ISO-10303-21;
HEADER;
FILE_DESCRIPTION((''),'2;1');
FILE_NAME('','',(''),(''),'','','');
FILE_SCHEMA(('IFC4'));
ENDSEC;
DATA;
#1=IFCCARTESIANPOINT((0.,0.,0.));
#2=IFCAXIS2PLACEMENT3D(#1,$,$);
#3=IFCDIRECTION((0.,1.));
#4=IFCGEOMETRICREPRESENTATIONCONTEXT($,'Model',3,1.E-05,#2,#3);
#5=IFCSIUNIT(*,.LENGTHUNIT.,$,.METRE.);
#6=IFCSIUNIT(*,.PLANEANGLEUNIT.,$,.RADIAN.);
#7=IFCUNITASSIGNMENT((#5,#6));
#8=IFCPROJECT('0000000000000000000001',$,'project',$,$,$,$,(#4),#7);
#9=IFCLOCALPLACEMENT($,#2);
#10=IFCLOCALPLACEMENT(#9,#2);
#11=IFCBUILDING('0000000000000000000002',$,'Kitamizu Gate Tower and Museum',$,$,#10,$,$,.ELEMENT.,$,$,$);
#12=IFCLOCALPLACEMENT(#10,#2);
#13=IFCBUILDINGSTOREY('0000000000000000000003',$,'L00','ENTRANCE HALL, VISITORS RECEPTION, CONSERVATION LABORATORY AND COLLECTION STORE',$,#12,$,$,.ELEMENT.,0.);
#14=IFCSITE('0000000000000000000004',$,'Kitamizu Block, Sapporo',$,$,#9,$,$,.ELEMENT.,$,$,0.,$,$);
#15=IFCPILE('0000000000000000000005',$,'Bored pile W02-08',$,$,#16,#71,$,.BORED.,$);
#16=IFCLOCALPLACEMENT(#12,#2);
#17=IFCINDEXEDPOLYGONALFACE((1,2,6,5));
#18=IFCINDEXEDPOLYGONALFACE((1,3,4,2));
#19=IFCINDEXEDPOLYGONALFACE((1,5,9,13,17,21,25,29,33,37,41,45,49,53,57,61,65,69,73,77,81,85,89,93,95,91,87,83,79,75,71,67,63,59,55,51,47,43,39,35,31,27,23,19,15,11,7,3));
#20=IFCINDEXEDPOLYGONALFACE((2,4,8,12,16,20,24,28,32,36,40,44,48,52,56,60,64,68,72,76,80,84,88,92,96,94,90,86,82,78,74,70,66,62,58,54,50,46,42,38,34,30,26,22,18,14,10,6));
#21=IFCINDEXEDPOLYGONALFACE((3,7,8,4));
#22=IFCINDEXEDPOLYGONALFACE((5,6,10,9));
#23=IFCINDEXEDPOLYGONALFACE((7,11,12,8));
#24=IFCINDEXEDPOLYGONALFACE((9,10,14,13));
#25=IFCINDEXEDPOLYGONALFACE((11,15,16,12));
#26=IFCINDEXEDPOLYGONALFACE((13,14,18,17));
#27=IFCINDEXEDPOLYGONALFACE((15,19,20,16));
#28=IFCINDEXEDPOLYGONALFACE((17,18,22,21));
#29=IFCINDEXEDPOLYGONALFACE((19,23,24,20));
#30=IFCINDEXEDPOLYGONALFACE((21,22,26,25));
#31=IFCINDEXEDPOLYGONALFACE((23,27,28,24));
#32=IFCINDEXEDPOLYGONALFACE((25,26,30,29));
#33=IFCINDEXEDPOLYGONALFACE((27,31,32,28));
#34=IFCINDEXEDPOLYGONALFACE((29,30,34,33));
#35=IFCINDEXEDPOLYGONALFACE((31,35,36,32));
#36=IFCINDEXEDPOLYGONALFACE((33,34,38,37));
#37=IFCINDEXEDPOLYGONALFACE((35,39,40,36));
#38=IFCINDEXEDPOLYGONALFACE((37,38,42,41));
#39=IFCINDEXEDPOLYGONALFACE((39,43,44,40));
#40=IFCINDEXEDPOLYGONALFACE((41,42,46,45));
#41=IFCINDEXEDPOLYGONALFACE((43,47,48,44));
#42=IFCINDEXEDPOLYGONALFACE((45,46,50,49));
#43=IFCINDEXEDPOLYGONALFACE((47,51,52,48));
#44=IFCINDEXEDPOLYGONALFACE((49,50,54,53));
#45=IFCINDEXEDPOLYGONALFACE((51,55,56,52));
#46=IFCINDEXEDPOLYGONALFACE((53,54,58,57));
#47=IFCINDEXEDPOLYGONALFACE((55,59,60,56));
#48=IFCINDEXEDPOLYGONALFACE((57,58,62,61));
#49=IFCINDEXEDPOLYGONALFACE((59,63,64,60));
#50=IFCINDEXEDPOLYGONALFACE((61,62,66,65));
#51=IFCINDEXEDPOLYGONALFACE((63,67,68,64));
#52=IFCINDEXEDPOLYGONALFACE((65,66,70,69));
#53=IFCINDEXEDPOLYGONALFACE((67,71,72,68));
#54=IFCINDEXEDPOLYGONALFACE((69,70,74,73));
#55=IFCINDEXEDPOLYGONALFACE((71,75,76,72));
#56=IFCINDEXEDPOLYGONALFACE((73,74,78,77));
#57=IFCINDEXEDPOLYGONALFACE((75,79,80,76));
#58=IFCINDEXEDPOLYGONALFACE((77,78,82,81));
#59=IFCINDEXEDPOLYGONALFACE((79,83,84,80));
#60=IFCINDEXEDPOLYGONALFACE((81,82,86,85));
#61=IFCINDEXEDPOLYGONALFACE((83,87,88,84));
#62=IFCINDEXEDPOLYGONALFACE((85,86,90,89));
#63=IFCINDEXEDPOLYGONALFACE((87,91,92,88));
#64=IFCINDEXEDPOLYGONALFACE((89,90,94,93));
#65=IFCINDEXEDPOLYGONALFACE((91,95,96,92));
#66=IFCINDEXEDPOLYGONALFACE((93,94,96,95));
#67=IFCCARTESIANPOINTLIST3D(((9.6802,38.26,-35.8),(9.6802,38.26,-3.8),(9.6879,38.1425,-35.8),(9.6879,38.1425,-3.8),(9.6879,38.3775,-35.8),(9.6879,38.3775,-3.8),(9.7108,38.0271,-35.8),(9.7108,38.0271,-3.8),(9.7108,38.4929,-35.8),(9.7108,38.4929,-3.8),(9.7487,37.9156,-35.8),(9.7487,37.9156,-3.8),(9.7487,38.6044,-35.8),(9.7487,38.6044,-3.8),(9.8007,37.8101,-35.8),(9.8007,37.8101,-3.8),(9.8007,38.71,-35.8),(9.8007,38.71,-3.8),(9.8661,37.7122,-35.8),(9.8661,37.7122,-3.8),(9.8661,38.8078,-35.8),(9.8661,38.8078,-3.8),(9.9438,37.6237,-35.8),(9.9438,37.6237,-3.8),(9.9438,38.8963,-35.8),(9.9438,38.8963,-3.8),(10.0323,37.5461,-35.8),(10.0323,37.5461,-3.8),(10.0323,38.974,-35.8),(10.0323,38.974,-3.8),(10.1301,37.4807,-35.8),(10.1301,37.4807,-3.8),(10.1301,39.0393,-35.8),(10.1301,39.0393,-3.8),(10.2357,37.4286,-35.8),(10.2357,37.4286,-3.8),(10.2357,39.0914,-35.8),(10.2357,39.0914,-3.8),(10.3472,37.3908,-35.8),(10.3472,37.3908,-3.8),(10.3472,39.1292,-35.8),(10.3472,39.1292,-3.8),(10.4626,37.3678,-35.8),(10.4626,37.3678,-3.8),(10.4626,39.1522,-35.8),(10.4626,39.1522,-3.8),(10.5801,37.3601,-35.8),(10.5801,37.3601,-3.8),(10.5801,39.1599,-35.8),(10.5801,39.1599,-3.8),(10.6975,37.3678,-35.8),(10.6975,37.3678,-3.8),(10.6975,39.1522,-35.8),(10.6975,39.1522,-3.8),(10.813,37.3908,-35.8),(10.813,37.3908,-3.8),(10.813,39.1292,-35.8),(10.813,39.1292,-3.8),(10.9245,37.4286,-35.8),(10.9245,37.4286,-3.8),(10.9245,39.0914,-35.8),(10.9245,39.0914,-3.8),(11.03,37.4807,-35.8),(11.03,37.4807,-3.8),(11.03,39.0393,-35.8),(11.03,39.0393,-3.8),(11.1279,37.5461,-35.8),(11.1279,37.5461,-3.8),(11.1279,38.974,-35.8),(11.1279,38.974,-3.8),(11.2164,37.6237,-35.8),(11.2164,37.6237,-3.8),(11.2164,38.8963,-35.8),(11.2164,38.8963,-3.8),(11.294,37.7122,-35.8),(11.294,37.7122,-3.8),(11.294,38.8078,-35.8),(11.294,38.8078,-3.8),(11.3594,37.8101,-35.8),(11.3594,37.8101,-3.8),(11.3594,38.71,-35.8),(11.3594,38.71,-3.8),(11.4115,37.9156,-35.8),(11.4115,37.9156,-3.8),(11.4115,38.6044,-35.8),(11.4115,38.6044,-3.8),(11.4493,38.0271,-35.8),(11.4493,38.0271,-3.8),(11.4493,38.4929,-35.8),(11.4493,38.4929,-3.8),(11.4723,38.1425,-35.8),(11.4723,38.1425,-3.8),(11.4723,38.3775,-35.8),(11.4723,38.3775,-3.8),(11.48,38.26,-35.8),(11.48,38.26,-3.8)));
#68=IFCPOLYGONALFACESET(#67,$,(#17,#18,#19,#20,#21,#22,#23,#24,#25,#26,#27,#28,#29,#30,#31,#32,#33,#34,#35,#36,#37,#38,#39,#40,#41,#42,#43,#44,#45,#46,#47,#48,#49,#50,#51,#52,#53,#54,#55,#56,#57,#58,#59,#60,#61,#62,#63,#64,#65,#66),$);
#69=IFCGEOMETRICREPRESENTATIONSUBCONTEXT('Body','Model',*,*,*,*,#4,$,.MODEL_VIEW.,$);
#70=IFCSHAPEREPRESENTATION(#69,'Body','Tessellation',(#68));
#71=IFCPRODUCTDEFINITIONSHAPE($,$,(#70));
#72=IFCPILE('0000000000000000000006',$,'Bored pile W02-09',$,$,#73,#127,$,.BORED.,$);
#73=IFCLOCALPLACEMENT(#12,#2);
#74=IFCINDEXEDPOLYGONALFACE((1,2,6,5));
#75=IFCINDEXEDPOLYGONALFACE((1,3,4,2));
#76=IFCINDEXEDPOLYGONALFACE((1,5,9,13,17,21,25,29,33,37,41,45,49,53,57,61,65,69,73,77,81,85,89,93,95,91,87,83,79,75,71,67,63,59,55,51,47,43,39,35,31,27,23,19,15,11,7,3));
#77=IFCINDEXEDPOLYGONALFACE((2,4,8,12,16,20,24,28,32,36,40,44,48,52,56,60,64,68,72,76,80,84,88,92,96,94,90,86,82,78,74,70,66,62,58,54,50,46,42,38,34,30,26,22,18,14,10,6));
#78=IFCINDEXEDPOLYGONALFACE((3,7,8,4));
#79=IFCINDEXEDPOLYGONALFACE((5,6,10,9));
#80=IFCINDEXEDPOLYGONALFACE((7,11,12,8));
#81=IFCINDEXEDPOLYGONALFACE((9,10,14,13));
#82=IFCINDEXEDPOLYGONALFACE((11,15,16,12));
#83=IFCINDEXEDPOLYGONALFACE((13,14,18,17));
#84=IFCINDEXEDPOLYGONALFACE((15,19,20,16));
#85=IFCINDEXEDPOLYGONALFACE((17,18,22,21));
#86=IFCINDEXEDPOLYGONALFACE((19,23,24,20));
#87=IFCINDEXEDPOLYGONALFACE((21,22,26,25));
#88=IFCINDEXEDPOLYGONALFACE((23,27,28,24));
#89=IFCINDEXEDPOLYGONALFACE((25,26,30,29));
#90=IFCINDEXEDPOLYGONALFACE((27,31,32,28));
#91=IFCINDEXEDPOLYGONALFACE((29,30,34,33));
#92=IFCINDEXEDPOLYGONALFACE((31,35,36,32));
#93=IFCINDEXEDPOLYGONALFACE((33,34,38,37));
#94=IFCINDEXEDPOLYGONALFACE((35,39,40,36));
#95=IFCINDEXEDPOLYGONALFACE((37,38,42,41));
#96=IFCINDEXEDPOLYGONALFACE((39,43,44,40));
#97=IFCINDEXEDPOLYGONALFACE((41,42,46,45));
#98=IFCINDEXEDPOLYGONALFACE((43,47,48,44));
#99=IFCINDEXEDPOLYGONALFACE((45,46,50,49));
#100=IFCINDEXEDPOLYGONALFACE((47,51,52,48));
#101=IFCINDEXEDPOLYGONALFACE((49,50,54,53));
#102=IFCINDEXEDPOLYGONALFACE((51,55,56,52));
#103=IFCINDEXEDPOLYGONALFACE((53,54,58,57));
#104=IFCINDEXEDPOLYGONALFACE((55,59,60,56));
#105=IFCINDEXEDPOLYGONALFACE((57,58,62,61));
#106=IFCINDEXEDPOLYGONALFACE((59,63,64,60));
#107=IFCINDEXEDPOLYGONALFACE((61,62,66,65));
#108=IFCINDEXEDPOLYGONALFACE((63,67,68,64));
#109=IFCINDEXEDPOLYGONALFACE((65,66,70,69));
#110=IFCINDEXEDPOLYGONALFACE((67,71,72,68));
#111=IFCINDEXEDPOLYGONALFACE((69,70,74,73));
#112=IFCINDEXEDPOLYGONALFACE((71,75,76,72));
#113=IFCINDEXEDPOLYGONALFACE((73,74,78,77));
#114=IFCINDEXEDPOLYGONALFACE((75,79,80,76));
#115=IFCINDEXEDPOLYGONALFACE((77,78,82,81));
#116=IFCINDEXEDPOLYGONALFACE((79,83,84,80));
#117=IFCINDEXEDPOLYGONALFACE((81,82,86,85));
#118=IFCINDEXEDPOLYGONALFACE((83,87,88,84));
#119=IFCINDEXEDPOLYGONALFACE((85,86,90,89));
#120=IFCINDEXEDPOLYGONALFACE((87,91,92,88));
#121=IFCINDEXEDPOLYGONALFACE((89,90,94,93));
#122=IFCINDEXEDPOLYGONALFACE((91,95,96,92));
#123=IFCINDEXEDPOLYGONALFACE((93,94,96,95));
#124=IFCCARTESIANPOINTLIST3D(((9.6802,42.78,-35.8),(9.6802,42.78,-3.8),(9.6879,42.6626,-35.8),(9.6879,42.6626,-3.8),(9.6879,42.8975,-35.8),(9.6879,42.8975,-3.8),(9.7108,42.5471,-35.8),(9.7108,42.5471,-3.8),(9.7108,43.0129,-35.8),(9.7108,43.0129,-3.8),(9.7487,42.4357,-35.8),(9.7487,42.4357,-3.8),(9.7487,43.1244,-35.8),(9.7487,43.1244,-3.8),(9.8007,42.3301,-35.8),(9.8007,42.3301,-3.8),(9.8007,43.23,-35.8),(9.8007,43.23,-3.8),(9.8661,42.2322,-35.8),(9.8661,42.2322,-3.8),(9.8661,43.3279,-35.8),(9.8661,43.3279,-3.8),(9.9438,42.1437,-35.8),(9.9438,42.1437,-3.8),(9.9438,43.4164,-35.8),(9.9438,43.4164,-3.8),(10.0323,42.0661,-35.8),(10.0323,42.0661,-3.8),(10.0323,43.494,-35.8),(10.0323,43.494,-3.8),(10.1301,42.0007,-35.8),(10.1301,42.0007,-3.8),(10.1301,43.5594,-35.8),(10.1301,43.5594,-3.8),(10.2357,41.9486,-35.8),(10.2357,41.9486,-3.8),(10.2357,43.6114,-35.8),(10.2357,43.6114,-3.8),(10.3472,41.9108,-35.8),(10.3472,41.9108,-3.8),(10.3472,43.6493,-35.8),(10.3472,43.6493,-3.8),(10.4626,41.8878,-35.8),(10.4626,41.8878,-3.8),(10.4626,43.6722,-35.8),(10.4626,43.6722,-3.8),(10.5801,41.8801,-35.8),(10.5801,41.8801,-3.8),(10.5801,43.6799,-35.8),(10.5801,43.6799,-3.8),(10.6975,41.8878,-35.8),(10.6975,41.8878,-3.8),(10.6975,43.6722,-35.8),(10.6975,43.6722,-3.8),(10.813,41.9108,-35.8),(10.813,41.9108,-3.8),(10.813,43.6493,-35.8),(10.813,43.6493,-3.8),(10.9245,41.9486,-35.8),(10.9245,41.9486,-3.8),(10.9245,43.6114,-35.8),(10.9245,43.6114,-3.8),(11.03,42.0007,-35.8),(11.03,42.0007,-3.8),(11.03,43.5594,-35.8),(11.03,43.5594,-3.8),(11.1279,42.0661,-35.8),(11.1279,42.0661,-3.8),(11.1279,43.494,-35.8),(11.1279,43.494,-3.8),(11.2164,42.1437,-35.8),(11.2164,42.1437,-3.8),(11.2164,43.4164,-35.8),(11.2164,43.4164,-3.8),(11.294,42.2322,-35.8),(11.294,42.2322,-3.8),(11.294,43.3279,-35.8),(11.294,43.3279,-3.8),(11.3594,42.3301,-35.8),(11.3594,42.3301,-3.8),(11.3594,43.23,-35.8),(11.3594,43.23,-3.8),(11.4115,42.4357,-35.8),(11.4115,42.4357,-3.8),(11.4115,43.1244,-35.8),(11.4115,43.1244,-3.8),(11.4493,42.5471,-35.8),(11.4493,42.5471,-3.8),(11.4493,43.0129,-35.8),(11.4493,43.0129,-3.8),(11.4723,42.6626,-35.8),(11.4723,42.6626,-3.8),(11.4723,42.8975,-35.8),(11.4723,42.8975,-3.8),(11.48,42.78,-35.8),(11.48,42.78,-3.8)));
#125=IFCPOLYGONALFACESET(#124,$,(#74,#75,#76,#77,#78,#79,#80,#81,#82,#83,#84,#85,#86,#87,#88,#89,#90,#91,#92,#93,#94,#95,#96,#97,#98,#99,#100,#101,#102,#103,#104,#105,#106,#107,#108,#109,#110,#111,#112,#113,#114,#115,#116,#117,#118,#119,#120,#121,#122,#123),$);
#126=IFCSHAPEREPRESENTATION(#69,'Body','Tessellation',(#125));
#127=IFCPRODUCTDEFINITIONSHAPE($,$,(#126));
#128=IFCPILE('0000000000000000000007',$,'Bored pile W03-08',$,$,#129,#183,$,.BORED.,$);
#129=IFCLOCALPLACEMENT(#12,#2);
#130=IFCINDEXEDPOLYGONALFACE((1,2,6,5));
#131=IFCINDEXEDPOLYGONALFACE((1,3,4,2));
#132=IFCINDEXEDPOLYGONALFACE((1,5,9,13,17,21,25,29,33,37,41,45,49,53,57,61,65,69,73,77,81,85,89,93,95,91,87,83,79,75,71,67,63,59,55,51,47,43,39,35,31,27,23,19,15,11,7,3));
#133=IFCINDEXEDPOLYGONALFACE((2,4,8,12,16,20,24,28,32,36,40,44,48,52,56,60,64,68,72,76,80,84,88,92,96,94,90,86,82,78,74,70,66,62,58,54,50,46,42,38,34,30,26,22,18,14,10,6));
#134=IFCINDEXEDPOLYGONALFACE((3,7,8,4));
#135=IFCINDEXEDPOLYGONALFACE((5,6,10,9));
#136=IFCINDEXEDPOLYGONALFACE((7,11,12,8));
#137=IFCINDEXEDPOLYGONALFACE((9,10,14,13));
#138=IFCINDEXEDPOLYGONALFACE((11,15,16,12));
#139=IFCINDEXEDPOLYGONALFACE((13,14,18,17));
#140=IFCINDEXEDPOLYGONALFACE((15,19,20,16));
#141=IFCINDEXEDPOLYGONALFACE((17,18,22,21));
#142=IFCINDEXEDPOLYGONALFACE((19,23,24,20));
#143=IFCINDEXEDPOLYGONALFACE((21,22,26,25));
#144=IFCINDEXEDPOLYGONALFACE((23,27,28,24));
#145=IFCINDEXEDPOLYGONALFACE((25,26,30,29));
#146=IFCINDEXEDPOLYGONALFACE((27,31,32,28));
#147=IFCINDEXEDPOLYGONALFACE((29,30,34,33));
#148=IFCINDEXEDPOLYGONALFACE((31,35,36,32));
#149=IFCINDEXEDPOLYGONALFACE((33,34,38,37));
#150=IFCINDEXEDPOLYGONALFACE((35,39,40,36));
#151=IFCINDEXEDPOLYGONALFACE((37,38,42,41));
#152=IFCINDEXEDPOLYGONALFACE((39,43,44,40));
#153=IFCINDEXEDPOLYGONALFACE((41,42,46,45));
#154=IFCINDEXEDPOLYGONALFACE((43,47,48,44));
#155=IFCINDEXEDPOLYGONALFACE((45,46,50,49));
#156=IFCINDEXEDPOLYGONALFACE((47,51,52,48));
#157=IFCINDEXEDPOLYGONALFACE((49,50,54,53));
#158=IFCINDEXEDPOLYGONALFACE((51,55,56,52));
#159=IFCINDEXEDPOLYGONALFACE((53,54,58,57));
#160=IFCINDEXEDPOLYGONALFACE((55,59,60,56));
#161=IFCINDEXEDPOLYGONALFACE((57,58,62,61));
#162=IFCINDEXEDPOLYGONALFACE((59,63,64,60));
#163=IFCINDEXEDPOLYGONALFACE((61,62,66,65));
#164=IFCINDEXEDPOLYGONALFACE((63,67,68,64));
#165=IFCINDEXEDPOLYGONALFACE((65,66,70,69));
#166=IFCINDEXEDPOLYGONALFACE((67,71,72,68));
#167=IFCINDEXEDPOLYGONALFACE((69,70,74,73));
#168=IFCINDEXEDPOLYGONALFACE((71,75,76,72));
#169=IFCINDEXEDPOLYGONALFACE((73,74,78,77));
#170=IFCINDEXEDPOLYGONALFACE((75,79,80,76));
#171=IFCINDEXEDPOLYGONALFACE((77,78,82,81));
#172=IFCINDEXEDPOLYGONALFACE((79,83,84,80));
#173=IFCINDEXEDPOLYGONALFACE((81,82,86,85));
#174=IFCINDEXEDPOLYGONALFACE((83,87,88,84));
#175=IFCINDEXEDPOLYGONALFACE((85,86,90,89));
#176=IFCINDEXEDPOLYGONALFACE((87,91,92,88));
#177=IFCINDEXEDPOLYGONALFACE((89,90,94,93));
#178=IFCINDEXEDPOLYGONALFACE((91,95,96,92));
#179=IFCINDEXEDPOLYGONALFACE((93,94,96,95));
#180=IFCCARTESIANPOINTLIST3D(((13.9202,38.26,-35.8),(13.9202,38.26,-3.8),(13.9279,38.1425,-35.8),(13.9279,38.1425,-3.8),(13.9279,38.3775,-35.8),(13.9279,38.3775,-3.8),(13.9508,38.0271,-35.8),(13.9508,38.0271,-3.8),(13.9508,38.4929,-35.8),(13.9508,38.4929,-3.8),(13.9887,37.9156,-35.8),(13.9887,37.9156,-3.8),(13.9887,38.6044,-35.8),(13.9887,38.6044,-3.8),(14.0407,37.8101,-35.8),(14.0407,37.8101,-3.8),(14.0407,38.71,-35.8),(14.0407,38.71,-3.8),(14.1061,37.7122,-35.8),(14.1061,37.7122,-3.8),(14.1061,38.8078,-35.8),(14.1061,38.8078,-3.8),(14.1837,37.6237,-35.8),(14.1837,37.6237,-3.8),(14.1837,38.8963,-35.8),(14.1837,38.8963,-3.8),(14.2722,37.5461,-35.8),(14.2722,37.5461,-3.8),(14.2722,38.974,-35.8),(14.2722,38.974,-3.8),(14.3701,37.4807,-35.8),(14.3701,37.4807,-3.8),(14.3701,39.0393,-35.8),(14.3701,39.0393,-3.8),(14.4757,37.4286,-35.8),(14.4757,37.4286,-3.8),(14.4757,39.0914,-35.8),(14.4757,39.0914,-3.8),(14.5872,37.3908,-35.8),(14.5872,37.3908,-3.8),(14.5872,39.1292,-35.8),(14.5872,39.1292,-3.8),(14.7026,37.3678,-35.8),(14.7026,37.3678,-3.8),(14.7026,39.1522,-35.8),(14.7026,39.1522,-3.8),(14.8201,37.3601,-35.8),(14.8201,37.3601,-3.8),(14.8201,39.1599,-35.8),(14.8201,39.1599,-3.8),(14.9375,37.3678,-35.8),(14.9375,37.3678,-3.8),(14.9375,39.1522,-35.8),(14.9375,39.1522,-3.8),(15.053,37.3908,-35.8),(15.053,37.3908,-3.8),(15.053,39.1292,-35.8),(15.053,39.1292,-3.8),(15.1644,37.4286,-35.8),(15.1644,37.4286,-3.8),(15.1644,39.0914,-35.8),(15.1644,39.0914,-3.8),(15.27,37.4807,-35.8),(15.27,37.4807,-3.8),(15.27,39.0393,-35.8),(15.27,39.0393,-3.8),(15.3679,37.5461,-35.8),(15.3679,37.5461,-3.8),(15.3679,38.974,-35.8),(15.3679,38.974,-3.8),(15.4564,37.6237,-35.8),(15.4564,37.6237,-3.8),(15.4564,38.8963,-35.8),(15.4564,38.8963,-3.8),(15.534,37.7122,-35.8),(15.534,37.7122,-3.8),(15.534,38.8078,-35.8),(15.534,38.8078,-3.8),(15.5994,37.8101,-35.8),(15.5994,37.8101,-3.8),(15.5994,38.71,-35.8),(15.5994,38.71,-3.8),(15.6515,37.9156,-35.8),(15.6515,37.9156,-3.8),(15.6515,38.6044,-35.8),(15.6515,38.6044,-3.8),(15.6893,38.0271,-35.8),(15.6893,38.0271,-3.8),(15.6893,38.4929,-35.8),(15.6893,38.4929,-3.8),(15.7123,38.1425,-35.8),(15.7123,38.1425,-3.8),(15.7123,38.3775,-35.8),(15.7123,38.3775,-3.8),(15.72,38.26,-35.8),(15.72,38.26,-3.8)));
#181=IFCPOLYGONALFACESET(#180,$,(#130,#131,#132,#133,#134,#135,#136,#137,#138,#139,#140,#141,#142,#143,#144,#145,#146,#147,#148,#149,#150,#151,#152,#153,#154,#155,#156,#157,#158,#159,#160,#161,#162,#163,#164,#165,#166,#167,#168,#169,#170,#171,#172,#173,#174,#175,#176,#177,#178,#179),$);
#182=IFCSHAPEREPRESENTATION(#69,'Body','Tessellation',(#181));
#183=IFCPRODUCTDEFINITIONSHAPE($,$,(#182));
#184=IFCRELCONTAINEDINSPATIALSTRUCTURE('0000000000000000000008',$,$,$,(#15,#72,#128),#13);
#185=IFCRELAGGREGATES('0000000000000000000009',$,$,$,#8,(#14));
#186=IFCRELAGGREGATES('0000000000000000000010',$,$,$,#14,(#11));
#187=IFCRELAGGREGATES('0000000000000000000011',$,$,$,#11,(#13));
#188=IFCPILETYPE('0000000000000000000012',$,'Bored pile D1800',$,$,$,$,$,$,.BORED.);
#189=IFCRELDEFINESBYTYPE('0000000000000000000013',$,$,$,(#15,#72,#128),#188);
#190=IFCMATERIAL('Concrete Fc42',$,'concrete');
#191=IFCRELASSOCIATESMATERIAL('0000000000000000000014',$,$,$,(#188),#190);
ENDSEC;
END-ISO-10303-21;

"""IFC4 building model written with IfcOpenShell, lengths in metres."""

from ifc_helpers import new_model, si_unit, direction, frame, origin, origin_2d, place, context, subcontext, project, spatial, circle, extrude, material, material_profile, profile_set, type_object, element, save


model = new_model("IFC4")

# Units and contexts
model_context = context("Model", 3, precision=1e-05, world=origin(), true_north=direction((0.0, 1.0)))
body_context = subcontext(model_context, "Body", "Model", "MODEL_VIEW")
ifc_project = project(units=[si_unit("LENGTHUNIT", "METRE"), si_unit("PLANEANGLEUNIT", "RADIAN")], contexts=[model_context])

# Site, building, storey
site_placement = place(None, origin())
site = spatial("IfcSite", under=ifc_project, at=site_placement, Name="Kitamizu Block, Sapporo", CompositionType="ELEMENT", RefElevation=0.0)
building_placement = place(site_placement, origin())
building = spatial("IfcBuilding", under=site, at=building_placement, Name="Kitamizu Gate Tower and Museum", CompositionType="ELEMENT")
storey_placement = place(building_placement, origin())
storey = spatial("IfcBuildingStorey", under=building, at=storey_placement, Name="L00", Description="ENTRANCE HALL, VISITORS RECEPTION, CONSERVATION LABORATORY AND COLLECTION STORE", CompositionType="ELEMENT", Elevation=0.0)

# Piles
ifc_material_1 = material(Name="Concrete Fc42", Category="concrete")
ifc_material_profile = material_profile(ifc_material_1, circle(Radius=0.8999, at=origin_2d()), Name="Bored pile D1800")
ifc_profile_set = profile_set([ifc_material_profile], Name="Concrete Fc42")
pile_type = type_object("IfcPileType", Name="Bored pile D1800", PredefinedType="BORED", material=ifc_profile_set)
for number, where, z_axis, x_axis, name in (
    (1, (10.5801, 38.26, -3.8), (0.0, 0.0, -1.0), (1.0, 0.0, 0.0), "Bored pile W02-08"),
    (2, (10.5801, 42.78, -3.8), (0.0, 0.0, -1.0), (1.0, 0.0, 0.0), "Bored pile W02-09"),
    (3, (14.8201, 38.26, -3.8), (0.0, 0.0, -1.0), (1.0, 0.0, 0.0), "Bored pile W03-08"),
):
    element("IfcPile", number, at=place(storey_placement, frame(where, z_axis=z_axis, x_axis=x_axis)), inside=storey, type_object=pile_type, Name=name, PredefinedType="BORED", context=body_context, shape_type="SweptSolid", body=[
        extrude(circle(Radius=0.8999, at=origin_2d()), origin(), (0.0, 0.0, 1.0), 32.0),
    ])

save(model, "model.ifc")
